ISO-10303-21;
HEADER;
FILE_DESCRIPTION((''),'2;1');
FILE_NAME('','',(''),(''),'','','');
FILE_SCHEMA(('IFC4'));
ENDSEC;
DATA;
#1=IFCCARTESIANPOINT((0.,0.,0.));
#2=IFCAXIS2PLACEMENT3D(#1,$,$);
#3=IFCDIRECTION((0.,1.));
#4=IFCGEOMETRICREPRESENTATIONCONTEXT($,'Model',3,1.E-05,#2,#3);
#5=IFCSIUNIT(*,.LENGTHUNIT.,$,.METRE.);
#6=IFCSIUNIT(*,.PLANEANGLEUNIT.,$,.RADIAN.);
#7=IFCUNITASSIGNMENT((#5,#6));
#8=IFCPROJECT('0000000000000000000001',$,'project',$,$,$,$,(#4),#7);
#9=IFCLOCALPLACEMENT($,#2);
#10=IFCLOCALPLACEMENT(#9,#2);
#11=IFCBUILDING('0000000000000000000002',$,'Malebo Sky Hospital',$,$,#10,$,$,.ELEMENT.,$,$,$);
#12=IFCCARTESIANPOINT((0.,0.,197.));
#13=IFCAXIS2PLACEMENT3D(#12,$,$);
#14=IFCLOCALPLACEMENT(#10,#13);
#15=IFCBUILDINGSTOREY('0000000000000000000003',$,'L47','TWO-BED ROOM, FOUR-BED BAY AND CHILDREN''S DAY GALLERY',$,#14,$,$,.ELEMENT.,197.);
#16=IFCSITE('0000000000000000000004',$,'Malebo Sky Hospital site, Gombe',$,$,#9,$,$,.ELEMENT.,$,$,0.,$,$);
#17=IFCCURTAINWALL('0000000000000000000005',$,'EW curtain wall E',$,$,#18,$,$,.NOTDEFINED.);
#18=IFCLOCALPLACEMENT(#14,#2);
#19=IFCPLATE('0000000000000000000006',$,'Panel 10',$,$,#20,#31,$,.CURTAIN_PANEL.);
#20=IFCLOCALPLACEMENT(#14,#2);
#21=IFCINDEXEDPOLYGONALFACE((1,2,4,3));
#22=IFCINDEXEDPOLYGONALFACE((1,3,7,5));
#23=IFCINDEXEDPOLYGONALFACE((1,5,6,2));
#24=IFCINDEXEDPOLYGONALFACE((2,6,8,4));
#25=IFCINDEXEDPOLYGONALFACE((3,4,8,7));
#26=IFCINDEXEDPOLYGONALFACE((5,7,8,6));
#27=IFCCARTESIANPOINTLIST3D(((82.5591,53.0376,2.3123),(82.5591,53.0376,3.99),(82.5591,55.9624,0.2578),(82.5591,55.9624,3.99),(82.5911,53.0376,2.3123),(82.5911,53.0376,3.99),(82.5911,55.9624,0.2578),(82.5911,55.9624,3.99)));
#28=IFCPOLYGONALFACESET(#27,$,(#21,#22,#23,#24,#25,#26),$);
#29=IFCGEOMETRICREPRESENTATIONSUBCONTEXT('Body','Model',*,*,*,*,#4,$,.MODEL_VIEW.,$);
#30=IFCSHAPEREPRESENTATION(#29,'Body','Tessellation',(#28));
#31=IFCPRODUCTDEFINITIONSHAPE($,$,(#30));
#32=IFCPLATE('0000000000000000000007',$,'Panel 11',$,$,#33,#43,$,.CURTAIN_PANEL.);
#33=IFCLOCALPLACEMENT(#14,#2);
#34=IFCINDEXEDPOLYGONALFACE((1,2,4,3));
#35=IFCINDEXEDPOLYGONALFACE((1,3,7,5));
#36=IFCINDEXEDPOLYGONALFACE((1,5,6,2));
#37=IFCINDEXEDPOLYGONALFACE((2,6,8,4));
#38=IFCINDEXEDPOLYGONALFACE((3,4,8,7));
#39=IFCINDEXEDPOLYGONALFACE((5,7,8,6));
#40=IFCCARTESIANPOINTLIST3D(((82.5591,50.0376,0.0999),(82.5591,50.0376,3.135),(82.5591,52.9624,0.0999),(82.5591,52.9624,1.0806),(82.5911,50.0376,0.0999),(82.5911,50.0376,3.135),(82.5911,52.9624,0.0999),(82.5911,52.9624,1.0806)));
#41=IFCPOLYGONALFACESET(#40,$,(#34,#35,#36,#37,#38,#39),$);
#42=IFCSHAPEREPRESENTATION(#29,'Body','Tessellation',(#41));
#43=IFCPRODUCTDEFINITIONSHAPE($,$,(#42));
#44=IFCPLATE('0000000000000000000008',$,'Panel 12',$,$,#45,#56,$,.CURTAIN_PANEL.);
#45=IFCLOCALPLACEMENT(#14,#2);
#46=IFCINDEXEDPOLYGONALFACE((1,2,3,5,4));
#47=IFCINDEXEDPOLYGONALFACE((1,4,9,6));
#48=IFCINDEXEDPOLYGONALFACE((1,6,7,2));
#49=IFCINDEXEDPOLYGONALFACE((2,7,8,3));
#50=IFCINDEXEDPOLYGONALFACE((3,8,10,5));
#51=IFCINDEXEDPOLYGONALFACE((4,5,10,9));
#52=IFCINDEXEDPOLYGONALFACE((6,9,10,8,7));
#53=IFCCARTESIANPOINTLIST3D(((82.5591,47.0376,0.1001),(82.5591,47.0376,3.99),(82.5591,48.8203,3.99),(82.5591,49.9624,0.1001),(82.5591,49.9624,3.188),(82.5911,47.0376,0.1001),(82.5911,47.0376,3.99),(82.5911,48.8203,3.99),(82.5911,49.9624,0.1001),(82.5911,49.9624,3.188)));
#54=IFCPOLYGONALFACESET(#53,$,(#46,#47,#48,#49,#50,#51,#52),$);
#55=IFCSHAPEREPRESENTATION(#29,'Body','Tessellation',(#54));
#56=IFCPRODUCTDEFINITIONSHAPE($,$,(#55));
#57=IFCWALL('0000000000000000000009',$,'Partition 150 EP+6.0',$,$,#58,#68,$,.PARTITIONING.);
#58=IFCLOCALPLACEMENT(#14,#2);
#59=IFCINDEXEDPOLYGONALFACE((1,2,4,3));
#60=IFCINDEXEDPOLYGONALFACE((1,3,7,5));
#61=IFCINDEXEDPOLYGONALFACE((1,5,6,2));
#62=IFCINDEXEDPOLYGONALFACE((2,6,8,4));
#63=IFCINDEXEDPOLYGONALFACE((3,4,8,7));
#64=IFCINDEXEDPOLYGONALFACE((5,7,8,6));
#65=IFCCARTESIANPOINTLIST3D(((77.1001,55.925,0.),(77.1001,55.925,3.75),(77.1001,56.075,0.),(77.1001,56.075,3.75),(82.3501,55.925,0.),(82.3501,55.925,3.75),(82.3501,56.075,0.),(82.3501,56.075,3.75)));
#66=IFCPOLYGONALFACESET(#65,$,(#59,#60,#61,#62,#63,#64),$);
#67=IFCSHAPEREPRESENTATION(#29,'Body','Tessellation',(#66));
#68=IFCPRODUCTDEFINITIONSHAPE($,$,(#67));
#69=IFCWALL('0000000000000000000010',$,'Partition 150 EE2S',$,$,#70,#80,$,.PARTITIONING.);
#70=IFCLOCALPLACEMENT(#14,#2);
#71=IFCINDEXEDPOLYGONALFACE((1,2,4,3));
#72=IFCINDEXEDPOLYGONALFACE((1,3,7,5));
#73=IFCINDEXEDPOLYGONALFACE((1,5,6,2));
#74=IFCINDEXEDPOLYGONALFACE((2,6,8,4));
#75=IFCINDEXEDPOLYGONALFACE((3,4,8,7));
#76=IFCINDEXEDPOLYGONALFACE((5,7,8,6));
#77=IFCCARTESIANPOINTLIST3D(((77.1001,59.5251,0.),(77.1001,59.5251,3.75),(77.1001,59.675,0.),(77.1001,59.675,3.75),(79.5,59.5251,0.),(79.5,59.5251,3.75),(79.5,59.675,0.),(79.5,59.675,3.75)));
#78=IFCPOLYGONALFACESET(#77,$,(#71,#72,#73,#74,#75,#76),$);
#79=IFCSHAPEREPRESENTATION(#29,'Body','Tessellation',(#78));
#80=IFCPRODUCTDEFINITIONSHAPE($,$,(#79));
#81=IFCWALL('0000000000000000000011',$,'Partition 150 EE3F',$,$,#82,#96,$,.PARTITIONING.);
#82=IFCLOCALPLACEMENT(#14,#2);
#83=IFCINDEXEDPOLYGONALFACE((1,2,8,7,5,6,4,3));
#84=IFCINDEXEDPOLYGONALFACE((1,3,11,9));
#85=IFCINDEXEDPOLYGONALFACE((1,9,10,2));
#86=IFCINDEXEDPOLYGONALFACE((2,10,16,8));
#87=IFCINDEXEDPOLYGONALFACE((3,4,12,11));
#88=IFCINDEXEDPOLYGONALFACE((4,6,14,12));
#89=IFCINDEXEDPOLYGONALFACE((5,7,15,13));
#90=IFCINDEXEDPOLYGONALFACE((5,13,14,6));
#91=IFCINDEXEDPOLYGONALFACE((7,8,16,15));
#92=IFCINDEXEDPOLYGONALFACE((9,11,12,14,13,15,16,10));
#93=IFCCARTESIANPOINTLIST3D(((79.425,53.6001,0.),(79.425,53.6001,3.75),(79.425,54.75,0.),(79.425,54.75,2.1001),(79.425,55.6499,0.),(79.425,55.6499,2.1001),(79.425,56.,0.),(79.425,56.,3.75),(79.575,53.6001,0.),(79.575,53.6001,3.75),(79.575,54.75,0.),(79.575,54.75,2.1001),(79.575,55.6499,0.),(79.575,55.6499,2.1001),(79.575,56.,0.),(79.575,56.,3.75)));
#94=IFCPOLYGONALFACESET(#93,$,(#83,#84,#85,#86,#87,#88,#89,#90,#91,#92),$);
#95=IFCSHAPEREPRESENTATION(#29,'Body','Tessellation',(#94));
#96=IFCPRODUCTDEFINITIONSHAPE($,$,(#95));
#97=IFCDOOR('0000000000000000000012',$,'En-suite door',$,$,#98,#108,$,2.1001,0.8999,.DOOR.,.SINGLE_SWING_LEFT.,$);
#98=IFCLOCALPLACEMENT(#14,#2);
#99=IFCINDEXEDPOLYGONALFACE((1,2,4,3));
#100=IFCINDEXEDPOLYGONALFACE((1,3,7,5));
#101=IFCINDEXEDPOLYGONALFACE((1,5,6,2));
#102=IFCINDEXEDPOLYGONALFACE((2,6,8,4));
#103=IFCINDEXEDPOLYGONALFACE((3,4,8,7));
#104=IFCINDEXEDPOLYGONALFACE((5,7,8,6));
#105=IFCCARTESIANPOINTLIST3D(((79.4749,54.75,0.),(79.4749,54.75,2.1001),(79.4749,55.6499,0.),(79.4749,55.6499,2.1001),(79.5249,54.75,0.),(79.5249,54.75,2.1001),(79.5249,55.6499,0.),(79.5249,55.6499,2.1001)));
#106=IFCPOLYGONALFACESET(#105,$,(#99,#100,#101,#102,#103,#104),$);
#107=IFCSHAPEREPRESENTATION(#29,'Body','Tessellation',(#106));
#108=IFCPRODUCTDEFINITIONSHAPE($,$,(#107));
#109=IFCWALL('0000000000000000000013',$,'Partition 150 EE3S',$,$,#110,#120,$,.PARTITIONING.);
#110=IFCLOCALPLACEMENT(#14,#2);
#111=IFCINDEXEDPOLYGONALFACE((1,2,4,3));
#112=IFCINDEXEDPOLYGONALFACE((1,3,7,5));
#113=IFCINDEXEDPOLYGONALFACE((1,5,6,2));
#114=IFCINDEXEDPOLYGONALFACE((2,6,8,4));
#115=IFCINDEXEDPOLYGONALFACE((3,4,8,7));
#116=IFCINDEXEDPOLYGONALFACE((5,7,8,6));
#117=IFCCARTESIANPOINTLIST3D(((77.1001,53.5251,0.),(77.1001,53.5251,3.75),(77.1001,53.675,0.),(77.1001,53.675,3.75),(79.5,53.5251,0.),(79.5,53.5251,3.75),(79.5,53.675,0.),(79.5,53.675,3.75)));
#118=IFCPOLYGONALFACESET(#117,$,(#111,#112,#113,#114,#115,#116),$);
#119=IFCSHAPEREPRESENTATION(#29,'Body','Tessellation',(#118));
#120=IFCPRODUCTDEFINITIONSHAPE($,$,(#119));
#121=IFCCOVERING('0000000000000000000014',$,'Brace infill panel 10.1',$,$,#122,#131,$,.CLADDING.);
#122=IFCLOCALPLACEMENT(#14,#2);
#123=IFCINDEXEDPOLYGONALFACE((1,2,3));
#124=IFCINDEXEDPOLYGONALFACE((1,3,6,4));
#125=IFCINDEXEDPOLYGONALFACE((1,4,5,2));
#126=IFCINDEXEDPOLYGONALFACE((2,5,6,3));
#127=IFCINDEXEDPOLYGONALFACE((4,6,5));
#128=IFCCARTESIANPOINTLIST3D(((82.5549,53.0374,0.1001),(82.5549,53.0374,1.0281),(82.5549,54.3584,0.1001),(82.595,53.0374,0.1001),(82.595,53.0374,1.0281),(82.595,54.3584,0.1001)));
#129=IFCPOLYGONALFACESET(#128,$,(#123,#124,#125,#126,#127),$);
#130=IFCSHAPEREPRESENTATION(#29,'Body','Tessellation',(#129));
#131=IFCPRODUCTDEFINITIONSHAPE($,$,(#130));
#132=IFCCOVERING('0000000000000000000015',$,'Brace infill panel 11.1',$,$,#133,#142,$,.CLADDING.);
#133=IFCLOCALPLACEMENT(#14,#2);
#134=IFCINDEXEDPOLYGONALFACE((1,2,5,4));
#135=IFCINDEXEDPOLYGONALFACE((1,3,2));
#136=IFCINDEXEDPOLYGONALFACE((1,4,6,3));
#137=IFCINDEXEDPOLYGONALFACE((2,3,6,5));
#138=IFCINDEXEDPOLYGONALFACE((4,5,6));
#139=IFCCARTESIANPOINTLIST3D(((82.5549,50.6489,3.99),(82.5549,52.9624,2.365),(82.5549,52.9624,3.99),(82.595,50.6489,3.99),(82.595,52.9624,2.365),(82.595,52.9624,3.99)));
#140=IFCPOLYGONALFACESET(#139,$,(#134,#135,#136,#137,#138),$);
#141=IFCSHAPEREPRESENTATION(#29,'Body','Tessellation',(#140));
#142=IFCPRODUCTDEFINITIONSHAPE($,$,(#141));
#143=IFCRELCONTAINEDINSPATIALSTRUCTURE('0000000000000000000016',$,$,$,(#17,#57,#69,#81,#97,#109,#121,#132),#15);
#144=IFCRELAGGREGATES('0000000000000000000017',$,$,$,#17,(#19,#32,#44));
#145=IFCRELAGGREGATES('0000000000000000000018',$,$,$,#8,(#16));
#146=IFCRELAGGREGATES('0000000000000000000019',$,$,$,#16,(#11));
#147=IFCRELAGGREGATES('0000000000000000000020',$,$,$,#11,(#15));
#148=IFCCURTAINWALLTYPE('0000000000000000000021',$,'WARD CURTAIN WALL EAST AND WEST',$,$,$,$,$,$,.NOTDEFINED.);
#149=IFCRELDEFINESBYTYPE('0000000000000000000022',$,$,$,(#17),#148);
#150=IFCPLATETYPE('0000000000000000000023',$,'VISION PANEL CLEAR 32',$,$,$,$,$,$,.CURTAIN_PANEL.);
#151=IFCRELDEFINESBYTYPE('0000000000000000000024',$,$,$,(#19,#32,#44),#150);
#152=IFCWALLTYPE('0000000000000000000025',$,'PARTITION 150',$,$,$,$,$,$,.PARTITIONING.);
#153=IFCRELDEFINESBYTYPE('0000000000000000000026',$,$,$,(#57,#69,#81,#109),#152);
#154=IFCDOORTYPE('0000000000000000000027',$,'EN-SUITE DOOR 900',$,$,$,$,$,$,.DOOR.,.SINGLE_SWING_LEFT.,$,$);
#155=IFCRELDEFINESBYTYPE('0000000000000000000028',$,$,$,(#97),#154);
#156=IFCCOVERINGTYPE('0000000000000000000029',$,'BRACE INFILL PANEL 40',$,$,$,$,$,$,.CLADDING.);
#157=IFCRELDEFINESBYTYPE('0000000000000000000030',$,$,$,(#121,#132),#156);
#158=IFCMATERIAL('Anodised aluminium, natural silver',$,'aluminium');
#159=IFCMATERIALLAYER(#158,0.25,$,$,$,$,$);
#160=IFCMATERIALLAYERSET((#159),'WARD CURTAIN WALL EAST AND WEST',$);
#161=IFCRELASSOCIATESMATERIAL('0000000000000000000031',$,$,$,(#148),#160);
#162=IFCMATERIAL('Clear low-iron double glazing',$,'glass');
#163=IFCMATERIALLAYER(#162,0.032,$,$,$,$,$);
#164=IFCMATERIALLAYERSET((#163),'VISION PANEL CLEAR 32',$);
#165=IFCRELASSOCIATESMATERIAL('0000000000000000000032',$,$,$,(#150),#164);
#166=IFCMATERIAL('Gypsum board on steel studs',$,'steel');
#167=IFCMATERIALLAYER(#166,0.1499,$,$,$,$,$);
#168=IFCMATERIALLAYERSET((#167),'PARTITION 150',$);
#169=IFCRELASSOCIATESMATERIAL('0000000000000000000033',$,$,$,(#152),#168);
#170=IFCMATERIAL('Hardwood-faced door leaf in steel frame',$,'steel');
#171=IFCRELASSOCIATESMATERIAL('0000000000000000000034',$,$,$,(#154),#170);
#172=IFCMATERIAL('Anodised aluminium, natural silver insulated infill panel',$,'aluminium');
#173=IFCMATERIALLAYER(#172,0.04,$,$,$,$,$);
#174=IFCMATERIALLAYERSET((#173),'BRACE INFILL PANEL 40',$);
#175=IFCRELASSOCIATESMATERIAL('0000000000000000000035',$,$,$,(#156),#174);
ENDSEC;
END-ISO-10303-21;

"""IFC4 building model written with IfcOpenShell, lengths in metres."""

from ifc_helpers import new_model, si_unit, direction, frame, frame_2d, origin, place, context, subcontext, project, spatial, polyline, rectangle, outline, extrude, material, layer, layer_set, type_object, element, fill, aggregate, save


model = new_model("IFC4")

# Units and contexts
model_context = context("Model", 3, precision=1e-05, world=origin(), true_north=direction((0.0, 1.0)))
body_context = subcontext(model_context, "Body", "Model", "MODEL_VIEW")
ifc_project = project(units=[si_unit("LENGTHUNIT", "METRE"), si_unit("PLANEANGLEUNIT", "RADIAN")], contexts=[model_context])

# Site, building, storey
site_placement = place(None, origin())
site = spatial("IfcSite", under=ifc_project, at=site_placement, Name="Malebo Sky Hospital site, Gombe", CompositionType="ELEMENT", RefElevation=0.0)
building_placement = place(site_placement, origin())
building = spatial("IfcBuilding", under=site, at=building_placement, Name="Malebo Sky Hospital", CompositionType="ELEMENT")
storey_placement = place(building_placement, frame((0.0, 0.0, 197.0)))
storey = spatial("IfcBuildingStorey", under=building, at=storey_placement, Name="L47", Description="TWO-BED ROOM, FOUR-BED BAY AND CHILDREN'S DAY GALLERY", CompositionType="ELEMENT", Elevation=197.0)

# Curtain wall
ifc_material_1 = material(Name="Anodised aluminium, natural silver", Category="aluminium")
ifc_layer_1 = layer(ifc_material_1, 0.25)
ifc_layer_set_1 = layer_set([ifc_layer_1], Name="WARD CURTAIN WALL EAST AND WEST")
curtain_wall_type = type_object("IfcCurtainWallType", Name="WARD CURTAIN WALL EAST AND WEST", PredefinedType="NOTDEFINED", material=ifc_layer_set_1)
curtain_wall_placement = place(storey_placement, origin())
curtain_wall = element("IfcCurtainWall", 1, at=curtain_wall_placement, inside=storey, type_object=curtain_wall_type, Name="EW curtain wall E", PredefinedType="NOTDEFINED")

# Plates
ifc_material_2 = material(Name="Clear low-iron double glazing", Category="glass")
ifc_layer_2 = layer(ifc_material_2, 0.032)
ifc_layer_set_2 = layer_set([ifc_layer_2], Name="VISION PANEL CLEAR 32")
plate_type = type_object("IfcPlateType", Name="VISION PANEL CLEAR 32", PredefinedType="CURTAIN_PANEL", material=ifc_layer_set_2)
plate_1_placement = place(storey_placement, frame((82.575, 54.5, 0.2578), z_axis=(0.0, 0.0, 1.0), x_axis=(0.0, -1.0, 0.0)))
plate_1 = element("IfcPlate", 2, at=plate_1_placement, type_object=plate_type, Name="Panel 10", PredefinedType="CURTAIN_PANEL", context=body_context, shape_type="SweptSolid", body=[
    extrude(outline(polyline([(-1.4624, 0.0), (1.4624, 2.0544), (1.4624, 3.7322), (-1.4624, 3.7322), (-1.4624, 0.0)])), frame((0.0, 0.0161, 0.0), z_axis=(0.0, -1.0, 0.0), x_axis=(1.0, 0.0, 0.0)), (0.0, 0.0, 1.0), 0.032),
])
plate_2_placement = place(storey_placement, frame((82.575, 51.5, 0.0999), z_axis=(0.0, 0.0, 1.0), x_axis=(0.0, -1.0, 0.0)))
plate_2 = element("IfcPlate", 3, at=plate_2_placement, type_object=plate_type, Name="Panel 11", PredefinedType="CURTAIN_PANEL", context=body_context, shape_type="SweptSolid", body=[
    extrude(outline(polyline([(-1.4624, 0.0), (1.4624, 0.0), (1.4624, 3.0352), (-1.4624, 0.9807), (-1.4624, 0.0)])), frame((0.0, 0.0161, 0.0), z_axis=(0.0, -1.0, 0.0), x_axis=(1.0, 0.0, 0.0)), (0.0, 0.0, 1.0), 0.032),
])
plate_3_placement = place(storey_placement, frame((82.575, 48.5, 0.1001), z_axis=(0.0, 0.0, 1.0), x_axis=(0.0, -1.0, 0.0)))
plate_3 = element("IfcPlate", 4, at=plate_3_placement, type_object=plate_type, Name="Panel 12", PredefinedType="CURTAIN_PANEL", context=body_context, shape_type="SweptSolid", body=[
    extrude(outline(polyline([(-1.4624, 0.0), (1.4624, 0.0), (1.4624, 3.8899), (-0.3203, 3.8899), (-1.4624, 3.0879), (-1.4624, 0.0)])), frame((0.0, 0.0161, 0.0), z_axis=(0.0, -1.0, 0.0), x_axis=(1.0, 0.0, 0.0)), (0.0, 0.0, 1.0), 0.032),
])
aggregate(curtain_wall, [plate_1, plate_2, plate_3])

# Walls
ifc_material_3 = material(Name="Gypsum board on steel studs", Category="steel")
ifc_layer_3 = layer(ifc_material_3, 0.1499)
ifc_layer_set_3 = layer_set([ifc_layer_3], Name="PARTITION 150")
wall_type = type_object("IfcWallType", Name="PARTITION 150", PredefinedType="PARTITIONING", material=ifc_layer_set_3)
wall_1_placement = place(storey_placement, frame((77.1001, 56.0, 0.0), z_axis=(0.0, 0.0, 1.0), x_axis=(1.0, 0.0, 0.0)))
element("IfcWall", 5, at=wall_1_placement, inside=storey, type_object=wall_type, Name="Partition 150 EP+6.0", PredefinedType="PARTITIONING", context=body_context, shape_type="SweptSolid", body=[
    extrude(rectangle(XDim=5.25, YDim=0.1499, at=frame_2d((2.625, 0.0))), origin(), (0.0, 0.0, 1.0), 3.75),
])
wall_2_placement = place(storey_placement, frame((77.1001, 59.6001, 0.0), z_axis=(0.0, 0.0, 1.0), x_axis=(1.0, 0.0, 0.0)))
element("IfcWall", 6, at=wall_2_placement, inside=storey, type_object=wall_type, Name="Partition 150 EE2S", PredefinedType="PARTITIONING", context=body_context, shape_type="SweptSolid", body=[
    extrude(rectangle(XDim=2.3999, YDim=0.1499, at=frame_2d((1.2, 0.0))), origin(), (0.0, 0.0, 1.0), 3.75),
])

# Wall, opening, door
wall_3_placement = place(storey_placement, frame((79.5, 56.0, 0.0), z_axis=(0.0, 0.0, 1.0), x_axis=(0.0, -1.0, 0.0)))
wall_3 = element("IfcWall", 7, at=wall_3_placement, inside=storey, type_object=wall_type, Name="Partition 150 EE3F", PredefinedType="PARTITIONING", context=body_context, shape_type="SweptSolid", body=[
    extrude(rectangle(XDim=2.3999, YDim=0.1499, at=frame_2d((1.2, 0.0))), origin(), (0.0, 0.0, 1.0), 3.75),
])
opening_placement = place(wall_3_placement, frame((0.3501, 0.0, 0.0)))
opening = element("IfcOpeningElement", 8, at=opening_placement, cuts=wall_3, PredefinedType="OPENING", context=body_context, shape_type="SweptSolid", body=[
    extrude(rectangle(XDim=0.8999, YDim=2.1001, at=frame_2d((0.45, 1.05))), frame((0.0, 0.085, 0.0), z_axis=(0.0, -1.0, 0.0), x_axis=(1.0, 0.0, 0.0)), (0.0, 0.0, 1.0), 0.1699),
])
ifc_material_4 = material(Name="Hardwood-faced door leaf in steel frame", Category="steel")
door_type = type_object("IfcDoorType", Name="EN-SUITE DOOR 900", OperationType="SINGLE_SWING_LEFT", PredefinedType="DOOR", material=ifc_material_4)
door_placement = place(opening_placement, origin())
door = element("IfcDoor", 9, at=door_placement, inside=storey, type_object=door_type, Name="En-suite door", OperationType="SINGLE_SWING_LEFT", OverallHeight=2.1001, OverallWidth=0.8999, PredefinedType="DOOR", context=body_context, shape_type="SweptSolid", body=[
    extrude(rectangle(XDim=0.8999, YDim=2.1001, at=frame_2d((0.45, 1.05))), frame((0.0, 0.0249, 0.0), z_axis=(0.0, -1.0, 0.0), x_axis=(1.0, 0.0, 0.0)), (0.0, 0.0, 1.0), 0.05),
])
fill(opening, door)

# Wall
wall_4_placement = place(storey_placement, frame((77.1001, 53.6001, 0.0), z_axis=(0.0, 0.0, 1.0), x_axis=(1.0, 0.0, 0.0)))
element("IfcWall", 10, at=wall_4_placement, inside=storey, type_object=wall_type, Name="Partition 150 EE3S", PredefinedType="PARTITIONING", context=body_context, shape_type="SweptSolid", body=[
    extrude(rectangle(XDim=2.3999, YDim=0.1499, at=frame_2d((1.2, 0.0))), origin(), (0.0, 0.0, 1.0), 3.75),
])

# Coverings
ifc_material_5 = material(Name="Anodised aluminium, natural silver insulated infill panel", Category="aluminium")
ifc_layer_4 = layer(ifc_material_5, 0.04)
ifc_layer_set_4 = layer_set([ifc_layer_4], Name="BRACE INFILL PANEL 40")
covering_type = type_object("IfcCoveringType", Name="BRACE INFILL PANEL 40", PredefinedType="CLADDING", material=ifc_layer_set_4)
covering_1_placement = place(storey_placement, frame((82.575, 53.698, 0.1001), z_axis=(0.0, 0.0, 1.0), x_axis=(0.0, -1.0, 0.0)))
element("IfcCovering", 11, at=covering_1_placement, inside=storey, type_object=covering_type, Name="Brace infill panel 10.1", PredefinedType="CLADDING", context=body_context, shape_type="SweptSolid", body=[
    extrude(outline(polyline([(-0.6604, 0.0), (0.6606, 0.0), (0.6606, 0.928), (-0.6604, 0.0)])), frame((0.0, 0.02, 0.0), z_axis=(0.0, -1.0, 0.0), x_axis=(1.0, 0.0, 0.0)), (0.0, 0.0, 1.0), 0.04),
])
covering_2_placement = place(storey_placement, frame((82.575, 51.8057, 2.365), z_axis=(0.0, 0.0, 1.0), x_axis=(0.0, -1.0, 0.0)))
element("IfcCovering", 12, at=covering_2_placement, inside=storey, type_object=covering_type, Name="Brace infill panel 11.1", PredefinedType="CLADDING", context=body_context, shape_type="SweptSolid", body=[
    extrude(outline(polyline([(-1.1567, 0.0), (1.1567, 1.625), (-1.1567, 1.625), (-1.1567, 0.0)])), frame((0.0, 0.02, 0.0), z_axis=(0.0, -1.0, 0.0), x_axis=(1.0, 0.0, 0.0)), (0.0, 0.0, 1.0), 0.04),
])

save(model, "model.ifc")
